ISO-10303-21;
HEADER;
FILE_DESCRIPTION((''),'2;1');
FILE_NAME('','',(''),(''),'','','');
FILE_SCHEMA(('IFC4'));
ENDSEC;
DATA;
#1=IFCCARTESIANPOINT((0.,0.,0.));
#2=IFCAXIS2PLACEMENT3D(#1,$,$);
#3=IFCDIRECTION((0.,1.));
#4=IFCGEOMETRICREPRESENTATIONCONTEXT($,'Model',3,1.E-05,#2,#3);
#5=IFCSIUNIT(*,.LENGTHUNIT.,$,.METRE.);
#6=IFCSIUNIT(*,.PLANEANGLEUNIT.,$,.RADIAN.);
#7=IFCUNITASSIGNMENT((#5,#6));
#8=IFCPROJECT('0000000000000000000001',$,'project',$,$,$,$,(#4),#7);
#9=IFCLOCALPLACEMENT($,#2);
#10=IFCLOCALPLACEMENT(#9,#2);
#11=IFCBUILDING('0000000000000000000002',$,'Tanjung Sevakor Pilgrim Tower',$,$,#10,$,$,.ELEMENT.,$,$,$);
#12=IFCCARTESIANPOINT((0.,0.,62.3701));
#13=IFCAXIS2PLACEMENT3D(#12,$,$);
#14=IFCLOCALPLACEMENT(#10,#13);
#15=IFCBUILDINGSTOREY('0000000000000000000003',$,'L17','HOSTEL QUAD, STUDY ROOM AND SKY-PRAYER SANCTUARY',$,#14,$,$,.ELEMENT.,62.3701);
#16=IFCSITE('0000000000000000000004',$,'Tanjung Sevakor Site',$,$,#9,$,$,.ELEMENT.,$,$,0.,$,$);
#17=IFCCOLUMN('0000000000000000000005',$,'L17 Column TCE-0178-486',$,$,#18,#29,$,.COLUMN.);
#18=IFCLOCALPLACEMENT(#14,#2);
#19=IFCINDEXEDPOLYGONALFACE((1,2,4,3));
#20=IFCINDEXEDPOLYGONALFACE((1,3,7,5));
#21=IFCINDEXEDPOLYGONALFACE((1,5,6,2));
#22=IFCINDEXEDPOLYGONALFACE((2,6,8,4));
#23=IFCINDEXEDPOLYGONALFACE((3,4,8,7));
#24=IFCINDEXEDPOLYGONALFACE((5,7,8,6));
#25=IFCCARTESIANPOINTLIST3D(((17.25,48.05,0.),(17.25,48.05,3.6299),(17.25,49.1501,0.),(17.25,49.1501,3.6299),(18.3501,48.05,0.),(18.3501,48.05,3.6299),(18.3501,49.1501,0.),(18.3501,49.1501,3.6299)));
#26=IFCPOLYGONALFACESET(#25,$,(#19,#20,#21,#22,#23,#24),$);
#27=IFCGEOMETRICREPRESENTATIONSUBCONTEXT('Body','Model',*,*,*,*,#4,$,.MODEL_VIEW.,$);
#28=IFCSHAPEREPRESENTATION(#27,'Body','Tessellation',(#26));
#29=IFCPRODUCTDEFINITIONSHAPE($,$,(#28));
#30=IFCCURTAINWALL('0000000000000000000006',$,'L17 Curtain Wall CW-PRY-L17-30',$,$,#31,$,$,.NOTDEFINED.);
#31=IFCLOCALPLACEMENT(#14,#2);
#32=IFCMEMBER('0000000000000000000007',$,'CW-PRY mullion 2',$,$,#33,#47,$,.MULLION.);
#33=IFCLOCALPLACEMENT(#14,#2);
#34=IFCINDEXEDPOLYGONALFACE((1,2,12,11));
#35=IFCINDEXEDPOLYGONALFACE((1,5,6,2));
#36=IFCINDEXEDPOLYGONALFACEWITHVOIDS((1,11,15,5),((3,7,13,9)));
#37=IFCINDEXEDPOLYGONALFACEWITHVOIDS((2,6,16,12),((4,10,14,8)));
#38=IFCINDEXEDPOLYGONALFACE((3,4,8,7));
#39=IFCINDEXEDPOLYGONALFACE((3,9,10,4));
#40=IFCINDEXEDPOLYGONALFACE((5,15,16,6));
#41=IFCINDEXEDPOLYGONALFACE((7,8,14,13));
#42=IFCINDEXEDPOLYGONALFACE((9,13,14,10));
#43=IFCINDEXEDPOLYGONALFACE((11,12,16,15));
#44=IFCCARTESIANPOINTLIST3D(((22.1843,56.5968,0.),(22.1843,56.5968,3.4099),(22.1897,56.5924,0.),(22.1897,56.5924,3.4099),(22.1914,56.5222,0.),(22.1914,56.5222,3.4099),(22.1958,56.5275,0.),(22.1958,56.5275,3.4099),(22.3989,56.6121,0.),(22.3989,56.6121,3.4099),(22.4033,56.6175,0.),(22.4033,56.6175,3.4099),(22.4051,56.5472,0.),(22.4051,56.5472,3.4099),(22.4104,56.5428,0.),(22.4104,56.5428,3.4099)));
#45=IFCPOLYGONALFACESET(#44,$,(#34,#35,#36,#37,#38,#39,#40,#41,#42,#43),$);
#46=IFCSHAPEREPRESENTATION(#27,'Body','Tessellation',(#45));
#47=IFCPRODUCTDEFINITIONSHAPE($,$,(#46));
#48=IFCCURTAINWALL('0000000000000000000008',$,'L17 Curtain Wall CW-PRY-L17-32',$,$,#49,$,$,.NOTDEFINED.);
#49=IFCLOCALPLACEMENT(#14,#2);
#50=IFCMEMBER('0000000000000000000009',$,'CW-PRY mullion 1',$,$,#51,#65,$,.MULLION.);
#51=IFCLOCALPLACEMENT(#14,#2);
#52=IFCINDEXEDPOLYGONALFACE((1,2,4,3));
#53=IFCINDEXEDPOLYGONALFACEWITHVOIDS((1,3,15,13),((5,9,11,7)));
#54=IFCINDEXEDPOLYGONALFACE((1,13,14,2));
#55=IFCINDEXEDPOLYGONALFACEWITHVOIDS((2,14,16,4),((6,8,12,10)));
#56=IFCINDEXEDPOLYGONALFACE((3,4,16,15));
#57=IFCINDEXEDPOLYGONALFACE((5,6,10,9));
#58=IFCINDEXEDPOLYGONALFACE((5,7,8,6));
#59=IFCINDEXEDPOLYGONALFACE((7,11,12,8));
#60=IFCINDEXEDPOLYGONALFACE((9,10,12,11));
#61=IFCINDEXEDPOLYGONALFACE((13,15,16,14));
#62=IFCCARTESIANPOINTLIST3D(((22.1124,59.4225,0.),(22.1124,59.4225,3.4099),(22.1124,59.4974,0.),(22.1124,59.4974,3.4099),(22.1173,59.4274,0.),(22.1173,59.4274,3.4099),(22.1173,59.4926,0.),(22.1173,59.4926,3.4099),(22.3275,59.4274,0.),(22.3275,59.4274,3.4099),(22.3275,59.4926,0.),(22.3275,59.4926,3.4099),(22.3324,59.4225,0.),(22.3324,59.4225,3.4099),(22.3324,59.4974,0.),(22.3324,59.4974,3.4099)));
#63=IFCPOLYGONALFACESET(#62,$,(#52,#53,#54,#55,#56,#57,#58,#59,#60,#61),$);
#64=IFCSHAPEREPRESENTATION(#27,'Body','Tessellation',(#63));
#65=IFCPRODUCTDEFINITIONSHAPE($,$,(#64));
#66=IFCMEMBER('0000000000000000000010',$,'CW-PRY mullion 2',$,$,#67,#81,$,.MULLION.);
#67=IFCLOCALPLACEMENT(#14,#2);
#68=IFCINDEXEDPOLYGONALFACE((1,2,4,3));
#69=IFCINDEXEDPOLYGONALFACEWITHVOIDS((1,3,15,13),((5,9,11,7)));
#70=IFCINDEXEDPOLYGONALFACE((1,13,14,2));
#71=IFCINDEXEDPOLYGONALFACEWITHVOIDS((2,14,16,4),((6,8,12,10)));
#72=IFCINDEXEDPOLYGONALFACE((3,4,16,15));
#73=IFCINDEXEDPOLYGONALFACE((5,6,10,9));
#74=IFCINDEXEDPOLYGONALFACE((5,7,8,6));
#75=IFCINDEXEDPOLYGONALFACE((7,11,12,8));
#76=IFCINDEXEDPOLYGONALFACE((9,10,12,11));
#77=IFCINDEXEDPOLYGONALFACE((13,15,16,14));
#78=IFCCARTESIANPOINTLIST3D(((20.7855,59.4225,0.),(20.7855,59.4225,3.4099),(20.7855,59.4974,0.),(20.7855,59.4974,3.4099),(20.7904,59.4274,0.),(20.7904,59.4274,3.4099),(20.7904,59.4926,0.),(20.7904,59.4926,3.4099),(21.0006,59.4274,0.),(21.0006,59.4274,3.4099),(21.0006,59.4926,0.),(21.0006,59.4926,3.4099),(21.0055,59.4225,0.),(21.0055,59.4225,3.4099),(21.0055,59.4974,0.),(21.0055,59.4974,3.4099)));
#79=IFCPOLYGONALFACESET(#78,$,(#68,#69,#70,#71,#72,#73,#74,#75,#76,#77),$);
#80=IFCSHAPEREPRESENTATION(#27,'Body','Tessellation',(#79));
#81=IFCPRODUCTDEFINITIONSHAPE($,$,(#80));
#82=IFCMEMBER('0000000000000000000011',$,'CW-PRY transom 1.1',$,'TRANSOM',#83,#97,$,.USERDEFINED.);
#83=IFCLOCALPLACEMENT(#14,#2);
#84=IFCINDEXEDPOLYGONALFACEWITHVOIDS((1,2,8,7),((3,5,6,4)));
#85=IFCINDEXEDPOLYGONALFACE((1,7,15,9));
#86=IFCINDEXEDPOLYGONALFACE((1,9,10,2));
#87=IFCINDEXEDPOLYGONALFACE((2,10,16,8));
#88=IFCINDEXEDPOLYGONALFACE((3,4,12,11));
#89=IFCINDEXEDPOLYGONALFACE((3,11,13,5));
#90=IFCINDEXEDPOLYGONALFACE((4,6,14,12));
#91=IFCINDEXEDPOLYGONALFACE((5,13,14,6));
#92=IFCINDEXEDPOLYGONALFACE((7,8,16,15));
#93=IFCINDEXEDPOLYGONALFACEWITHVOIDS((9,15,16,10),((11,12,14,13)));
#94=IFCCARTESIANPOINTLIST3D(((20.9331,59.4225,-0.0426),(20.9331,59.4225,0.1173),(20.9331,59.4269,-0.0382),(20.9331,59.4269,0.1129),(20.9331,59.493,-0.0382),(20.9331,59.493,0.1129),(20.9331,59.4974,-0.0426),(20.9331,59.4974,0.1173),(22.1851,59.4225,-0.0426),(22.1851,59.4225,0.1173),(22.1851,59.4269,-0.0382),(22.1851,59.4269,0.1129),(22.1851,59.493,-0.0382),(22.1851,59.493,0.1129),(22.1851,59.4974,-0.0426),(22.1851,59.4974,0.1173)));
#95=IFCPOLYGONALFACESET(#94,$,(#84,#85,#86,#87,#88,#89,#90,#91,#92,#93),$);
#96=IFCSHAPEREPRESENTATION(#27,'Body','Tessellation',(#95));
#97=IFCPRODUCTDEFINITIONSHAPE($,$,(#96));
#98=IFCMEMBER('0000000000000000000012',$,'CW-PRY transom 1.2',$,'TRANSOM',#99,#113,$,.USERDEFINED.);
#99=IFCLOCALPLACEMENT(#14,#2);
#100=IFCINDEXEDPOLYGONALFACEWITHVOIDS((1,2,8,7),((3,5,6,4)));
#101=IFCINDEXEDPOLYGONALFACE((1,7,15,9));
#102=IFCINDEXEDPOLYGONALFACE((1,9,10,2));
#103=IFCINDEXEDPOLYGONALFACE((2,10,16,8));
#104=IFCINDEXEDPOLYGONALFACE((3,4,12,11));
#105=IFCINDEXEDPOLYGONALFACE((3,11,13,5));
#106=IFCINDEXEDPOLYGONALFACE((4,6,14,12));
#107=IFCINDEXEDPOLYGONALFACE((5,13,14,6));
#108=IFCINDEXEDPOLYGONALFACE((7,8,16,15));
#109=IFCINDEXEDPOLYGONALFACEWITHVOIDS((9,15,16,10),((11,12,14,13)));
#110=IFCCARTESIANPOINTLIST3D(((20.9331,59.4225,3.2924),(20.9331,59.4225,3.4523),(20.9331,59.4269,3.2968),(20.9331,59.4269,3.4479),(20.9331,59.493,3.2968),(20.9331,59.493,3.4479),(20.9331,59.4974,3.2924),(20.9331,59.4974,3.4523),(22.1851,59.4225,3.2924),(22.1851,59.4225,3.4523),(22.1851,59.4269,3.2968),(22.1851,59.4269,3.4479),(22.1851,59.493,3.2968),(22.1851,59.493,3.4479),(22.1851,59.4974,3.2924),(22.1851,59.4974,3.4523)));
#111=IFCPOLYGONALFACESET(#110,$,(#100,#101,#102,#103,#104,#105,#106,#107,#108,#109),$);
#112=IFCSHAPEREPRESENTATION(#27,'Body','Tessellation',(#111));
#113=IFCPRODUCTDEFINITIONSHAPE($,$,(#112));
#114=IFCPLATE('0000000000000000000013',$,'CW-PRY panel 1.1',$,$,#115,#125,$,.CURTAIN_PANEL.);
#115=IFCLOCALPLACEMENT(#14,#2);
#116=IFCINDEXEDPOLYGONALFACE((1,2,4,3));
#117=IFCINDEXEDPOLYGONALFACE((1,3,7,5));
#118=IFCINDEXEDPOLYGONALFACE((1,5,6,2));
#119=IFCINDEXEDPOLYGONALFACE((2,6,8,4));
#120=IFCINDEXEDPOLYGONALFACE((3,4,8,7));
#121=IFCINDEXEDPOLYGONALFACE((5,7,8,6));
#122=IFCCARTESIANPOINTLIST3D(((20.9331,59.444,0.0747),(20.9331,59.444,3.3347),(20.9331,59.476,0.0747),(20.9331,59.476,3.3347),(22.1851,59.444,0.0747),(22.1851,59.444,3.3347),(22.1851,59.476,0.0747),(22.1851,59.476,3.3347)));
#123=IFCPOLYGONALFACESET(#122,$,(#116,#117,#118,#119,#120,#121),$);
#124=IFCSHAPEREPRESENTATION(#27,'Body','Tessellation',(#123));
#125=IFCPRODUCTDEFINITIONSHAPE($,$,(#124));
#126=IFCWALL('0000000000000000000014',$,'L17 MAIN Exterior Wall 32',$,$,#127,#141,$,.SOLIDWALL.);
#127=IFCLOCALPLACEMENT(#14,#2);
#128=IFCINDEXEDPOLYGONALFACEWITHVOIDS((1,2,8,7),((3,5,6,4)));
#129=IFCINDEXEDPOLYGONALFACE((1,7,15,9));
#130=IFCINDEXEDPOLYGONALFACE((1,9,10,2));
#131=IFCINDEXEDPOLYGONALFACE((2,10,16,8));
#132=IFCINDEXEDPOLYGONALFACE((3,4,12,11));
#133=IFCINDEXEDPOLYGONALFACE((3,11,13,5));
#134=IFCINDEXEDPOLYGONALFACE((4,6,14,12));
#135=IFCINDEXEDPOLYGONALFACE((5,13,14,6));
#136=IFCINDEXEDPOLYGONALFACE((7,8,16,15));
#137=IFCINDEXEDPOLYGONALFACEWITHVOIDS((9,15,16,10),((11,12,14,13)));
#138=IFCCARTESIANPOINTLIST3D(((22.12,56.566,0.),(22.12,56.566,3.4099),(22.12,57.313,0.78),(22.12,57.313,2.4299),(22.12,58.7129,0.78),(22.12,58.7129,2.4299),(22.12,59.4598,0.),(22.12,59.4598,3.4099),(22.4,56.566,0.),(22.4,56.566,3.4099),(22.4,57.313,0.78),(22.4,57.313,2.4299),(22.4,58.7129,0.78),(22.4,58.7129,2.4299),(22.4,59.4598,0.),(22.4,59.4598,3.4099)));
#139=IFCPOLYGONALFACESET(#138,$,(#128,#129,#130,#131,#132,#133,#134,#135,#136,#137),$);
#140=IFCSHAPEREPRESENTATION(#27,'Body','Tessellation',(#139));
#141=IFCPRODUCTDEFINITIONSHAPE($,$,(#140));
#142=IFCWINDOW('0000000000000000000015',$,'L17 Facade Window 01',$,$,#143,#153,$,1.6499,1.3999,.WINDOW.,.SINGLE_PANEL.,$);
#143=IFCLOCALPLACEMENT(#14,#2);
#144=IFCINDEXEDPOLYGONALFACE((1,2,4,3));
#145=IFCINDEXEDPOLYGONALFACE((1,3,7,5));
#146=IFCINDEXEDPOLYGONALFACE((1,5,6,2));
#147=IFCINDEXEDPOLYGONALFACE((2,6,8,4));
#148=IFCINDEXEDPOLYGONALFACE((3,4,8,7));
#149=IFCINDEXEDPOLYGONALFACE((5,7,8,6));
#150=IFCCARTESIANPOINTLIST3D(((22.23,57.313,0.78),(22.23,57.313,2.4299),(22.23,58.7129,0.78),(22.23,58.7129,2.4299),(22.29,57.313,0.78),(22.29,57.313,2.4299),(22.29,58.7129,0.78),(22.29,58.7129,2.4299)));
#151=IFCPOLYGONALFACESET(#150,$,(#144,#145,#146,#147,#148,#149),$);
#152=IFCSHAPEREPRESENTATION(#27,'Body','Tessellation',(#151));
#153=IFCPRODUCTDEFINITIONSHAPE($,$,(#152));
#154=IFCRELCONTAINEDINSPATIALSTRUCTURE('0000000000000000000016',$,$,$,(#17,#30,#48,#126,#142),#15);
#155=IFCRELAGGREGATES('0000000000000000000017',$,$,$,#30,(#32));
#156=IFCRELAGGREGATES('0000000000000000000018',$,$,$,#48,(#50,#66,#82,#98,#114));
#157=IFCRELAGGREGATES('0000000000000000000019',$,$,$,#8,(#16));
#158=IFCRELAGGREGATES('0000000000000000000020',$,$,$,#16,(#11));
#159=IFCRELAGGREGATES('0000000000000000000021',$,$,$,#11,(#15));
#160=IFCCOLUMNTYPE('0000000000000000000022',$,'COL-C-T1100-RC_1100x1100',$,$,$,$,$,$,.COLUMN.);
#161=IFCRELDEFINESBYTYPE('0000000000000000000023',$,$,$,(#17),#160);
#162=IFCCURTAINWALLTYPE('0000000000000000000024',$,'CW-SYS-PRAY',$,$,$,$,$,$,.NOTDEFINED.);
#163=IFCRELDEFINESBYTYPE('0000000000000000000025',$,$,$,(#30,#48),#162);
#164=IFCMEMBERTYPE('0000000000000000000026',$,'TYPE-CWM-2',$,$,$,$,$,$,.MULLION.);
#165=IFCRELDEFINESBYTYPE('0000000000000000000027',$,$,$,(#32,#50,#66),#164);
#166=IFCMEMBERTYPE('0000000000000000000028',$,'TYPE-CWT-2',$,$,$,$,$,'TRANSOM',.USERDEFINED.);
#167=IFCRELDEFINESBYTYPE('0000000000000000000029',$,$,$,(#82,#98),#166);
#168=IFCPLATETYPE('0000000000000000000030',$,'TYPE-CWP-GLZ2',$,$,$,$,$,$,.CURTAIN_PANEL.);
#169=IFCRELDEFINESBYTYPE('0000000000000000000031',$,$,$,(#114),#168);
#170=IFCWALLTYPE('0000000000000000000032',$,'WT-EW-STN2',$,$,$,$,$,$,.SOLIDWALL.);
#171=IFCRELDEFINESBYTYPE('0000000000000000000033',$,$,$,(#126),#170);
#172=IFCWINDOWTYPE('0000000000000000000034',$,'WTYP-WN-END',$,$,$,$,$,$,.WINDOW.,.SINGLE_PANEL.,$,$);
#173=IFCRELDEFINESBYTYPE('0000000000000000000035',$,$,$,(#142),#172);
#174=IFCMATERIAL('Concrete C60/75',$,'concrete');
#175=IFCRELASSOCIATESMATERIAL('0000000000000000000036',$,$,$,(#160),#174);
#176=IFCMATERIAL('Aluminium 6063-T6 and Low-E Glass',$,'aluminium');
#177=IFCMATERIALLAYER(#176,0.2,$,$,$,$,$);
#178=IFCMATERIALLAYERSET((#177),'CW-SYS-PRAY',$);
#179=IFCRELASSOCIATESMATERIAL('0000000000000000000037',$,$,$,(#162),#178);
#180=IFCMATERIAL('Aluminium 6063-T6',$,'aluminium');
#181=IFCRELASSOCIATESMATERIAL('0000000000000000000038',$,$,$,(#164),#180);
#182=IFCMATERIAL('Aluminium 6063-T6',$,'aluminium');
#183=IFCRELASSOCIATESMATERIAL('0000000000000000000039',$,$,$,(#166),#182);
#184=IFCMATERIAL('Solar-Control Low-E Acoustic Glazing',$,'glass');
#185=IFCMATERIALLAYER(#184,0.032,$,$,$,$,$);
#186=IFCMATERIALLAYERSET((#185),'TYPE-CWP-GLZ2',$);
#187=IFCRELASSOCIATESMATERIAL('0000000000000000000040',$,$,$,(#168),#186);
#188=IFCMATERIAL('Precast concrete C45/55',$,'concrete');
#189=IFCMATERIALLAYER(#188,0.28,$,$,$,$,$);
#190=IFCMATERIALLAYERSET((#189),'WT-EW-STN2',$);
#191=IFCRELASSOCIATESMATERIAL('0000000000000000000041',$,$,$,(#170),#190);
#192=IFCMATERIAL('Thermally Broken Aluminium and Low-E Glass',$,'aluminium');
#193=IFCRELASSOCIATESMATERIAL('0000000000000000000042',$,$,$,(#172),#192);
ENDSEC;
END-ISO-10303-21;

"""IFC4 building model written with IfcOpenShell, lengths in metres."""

from ifc_helpers import new_model, si_unit, direction, frame, frame_2d, origin, origin_2d, place, context, subcontext, project, spatial, rectangle, hollow_rectangle, extrude, material, layer, layer_set, material_profile, profile_set, type_object, element, fill, aggregate, save


model = new_model("IFC4")

# Units and contexts
model_context = context("Model", 3, precision=1e-05, world=origin(), true_north=direction((0.0, 1.0)))
body_context = subcontext(model_context, "Body", "Model", "MODEL_VIEW")
ifc_project = project(units=[si_unit("LENGTHUNIT", "METRE"), si_unit("PLANEANGLEUNIT", "RADIAN")], contexts=[model_context])

# Site, building, storey
site_placement = place(None, origin())
site = spatial("IfcSite", under=ifc_project, at=site_placement, Name="Tanjung Sevakor Site", CompositionType="ELEMENT", RefElevation=0.0)
building_placement = place(site_placement, origin())
building = spatial("IfcBuilding", under=site, at=building_placement, Name="Tanjung Sevakor Pilgrim Tower", CompositionType="ELEMENT")
storey_placement = place(building_placement, frame((0.0, 0.0, 62.3701)))
storey = spatial("IfcBuildingStorey", under=building, at=storey_placement, Name="L17", Description="HOSTEL QUAD, STUDY ROOM AND SKY-PRAYER SANCTUARY", CompositionType="ELEMENT", Elevation=62.3701)

# Column
ifc_material_1 = material(Name="Concrete C60/75", Category="concrete")
ifc_material_profile_1 = material_profile(ifc_material_1, rectangle(XDim=1.1001, YDim=1.1001, at=origin_2d()))
ifc_profile_set_1 = profile_set([ifc_material_profile_1], Name="Concrete C60/75")
column_type = type_object("IfcColumnType", Name="COL-C-T1100-RC_1100x1100", PredefinedType="COLUMN", material=ifc_profile_set_1)
column_placement = place(storey_placement, frame((17.8, 48.6001, 0.0), z_axis=(0.0, 0.0, 1.0), x_axis=(1.0, 0.0, 0.0)))
element("IfcColumn", 1, at=column_placement, inside=storey, type_object=column_type, Name="L17 Column TCE-0178-486", PredefinedType="COLUMN", context=body_context, shape_type="SweptSolid", body=[
    extrude(rectangle(XDim=1.1001, YDim=1.1001, at=origin_2d()), origin(), (0.0, 0.0, 1.0), 3.6299),
])

# Curtain wall, member
ifc_material_2 = material(Name="Aluminium 6063-T6 and Low-E Glass", Category="aluminium")
ifc_layer_1 = layer(ifc_material_2, 0.2)
ifc_layer_set_1 = layer_set([ifc_layer_1], Name="CW-SYS-PRAY")
curtain_wall_type = type_object("IfcCurtainWallType", Name="CW-SYS-PRAY", PredefinedType="NOTDEFINED", material=ifc_layer_set_1)
curtain_wall_1_placement = place(storey_placement, origin())
curtain_wall_1 = element("IfcCurtainWall", 2, at=curtain_wall_1_placement, inside=storey, type_object=curtain_wall_type, Name="L17 Curtain Wall CW-PRY-L17-30", PredefinedType="NOTDEFINED")
ifc_material_3 = material(Name="Aluminium 6063-T6", Category="aluminium")
ifc_material_profile_2 = material_profile(ifc_material_3, hollow_rectangle(XDim=0.075, YDim=0.22, WallThickness=0.0049, at=origin_2d()))
ifc_profile_set_2 = profile_set([ifc_material_profile_2], Name="Aluminium 6063-T6")
member_type_1 = type_object("IfcMemberType", Name="TYPE-CWM-2", PredefinedType="MULLION", material=ifc_profile_set_2)
member_1_placement = place(storey_placement, frame((22.2974, 56.5698, 0.0), z_axis=(0.0, 0.0, 1.0), x_axis=(0.093915, -0.99558, 0.0)))
member_1 = element("IfcMember", 3, at=member_1_placement, type_object=member_type_1, Name="CW-PRY mullion 2", PredefinedType="MULLION", context=body_context, shape_type="SweptSolid", body=[
    extrude(hollow_rectangle(XDim=0.075, YDim=0.22, WallThickness=0.0049, at=origin_2d()), origin(), (0.0, 0.0, 1.0), 3.4099),
])
aggregate(curtain_wall_1, [member_1])

# Curtain wall, members, plate
curtain_wall_2_placement = place(storey_placement, origin())
curtain_wall_2 = element("IfcCurtainWall", 4, at=curtain_wall_2_placement, inside=storey, type_object=curtain_wall_type, Name="L17 Curtain Wall CW-PRY-L17-32", PredefinedType="NOTDEFINED")
member_2_placement = place(storey_placement, frame((22.2224, 59.46, 0.0), z_axis=(0.0, 0.0, 1.0), x_axis=(0.0, -1.0, 0.0)))
member_2 = element("IfcMember", 5, at=member_2_placement, type_object=member_type_1, Name="CW-PRY mullion 1", PredefinedType="MULLION", context=body_context, shape_type="SweptSolid", body=[
    extrude(hollow_rectangle(XDim=0.075, YDim=0.22, WallThickness=0.0049, at=origin_2d()), origin(), (0.0, 0.0, 1.0), 3.4099),
])
member_3_placement = place(storey_placement, frame((20.8955, 59.46, 0.0), z_axis=(0.0, 0.0, 1.0), x_axis=(0.0, -1.0, 0.0)))
member_3 = element("IfcMember", 6, at=member_3_placement, type_object=member_type_1, Name="CW-PRY mullion 2", PredefinedType="MULLION", context=body_context, shape_type="SweptSolid", body=[
    extrude(hollow_rectangle(XDim=0.075, YDim=0.22, WallThickness=0.0049, at=origin_2d()), origin(), (0.0, 0.0, 1.0), 3.4099),
])
ifc_material_4 = material(Name="Aluminium 6063-T6", Category="aluminium")
ifc_material_profile_3 = material_profile(ifc_material_4, hollow_rectangle(XDim=0.075, YDim=0.1599, WallThickness=0.0044, at=origin_2d()))
ifc_profile_set_3 = profile_set([ifc_material_profile_3], Name="Aluminium 6063-T6")
member_type_2 = type_object("IfcMemberType", Name="TYPE-CWT-2", ElementType="TRANSOM", PredefinedType="USERDEFINED", material=ifc_profile_set_3)
member_4_placement = place(storey_placement, frame((22.1851, 59.46, 0.0374), z_axis=(-1.0, 0.0, 0.0), x_axis=(0.0, -1.0, 0.0)))
member_4 = element("IfcMember", 7, at=member_4_placement, type_object=member_type_2, Name="CW-PRY transom 1.1", ObjectType="TRANSOM", PredefinedType="USERDEFINED", context=body_context, shape_type="SweptSolid", body=[
    extrude(hollow_rectangle(XDim=0.075, YDim=0.1599, WallThickness=0.0044, at=origin_2d()), origin(), (0.0, 0.0, 1.0), 1.252),
])
member_5_placement = place(storey_placement, frame((22.1851, 59.46, 3.3723), z_axis=(-1.0, 0.0, 0.0), x_axis=(0.0, -1.0, 0.0)))
member_5 = element("IfcMember", 8, at=member_5_placement, type_object=member_type_2, Name="CW-PRY transom 1.2", ObjectType="TRANSOM", PredefinedType="USERDEFINED", context=body_context, shape_type="SweptSolid", body=[
    extrude(hollow_rectangle(XDim=0.075, YDim=0.1599, WallThickness=0.0044, at=origin_2d()), origin(), (0.0, 0.0, 1.0), 1.252),
])
ifc_material_5 = material(Name="Solar-Control Low-E Acoustic Glazing", Category="glass")
ifc_layer_2 = layer(ifc_material_5, 0.032)
ifc_layer_set_2 = layer_set([ifc_layer_2], Name="TYPE-CWP-GLZ2")
plate_type = type_object("IfcPlateType", Name="TYPE-CWP-GLZ2", PredefinedType="CURTAIN_PANEL", material=ifc_layer_set_2)
plate_placement = place(storey_placement, frame((21.5591, 59.46, 0.0747), z_axis=(0.0, 0.0, 1.0), x_axis=(-1.0, 0.0, 0.0)))
plate = element("IfcPlate", 9, at=plate_placement, type_object=plate_type, Name="CW-PRY panel 1.1", PredefinedType="CURTAIN_PANEL", context=body_context, shape_type="SweptSolid", body=[
    extrude(rectangle(XDim=1.252, YDim=0.032, at=origin_2d()), origin(), (0.0, 0.0, 1.0), 3.26),
])
aggregate(curtain_wall_2, [member_2, member_3, member_4, member_5, plate])

# Wall, opening, window
ifc_material_6 = material(Name="Precast concrete C45/55", Category="concrete")
ifc_layer_3 = layer(ifc_material_6, 0.28)
ifc_layer_set_3 = layer_set([ifc_layer_3], Name="WT-EW-STN2")
wall_type = type_object("IfcWallType", Name="WT-EW-STN2", PredefinedType="SOLIDWALL", material=ifc_layer_set_3)
wall_1_placement = place(storey_placement, frame((22.26, 56.5662, 0.0), z_axis=(0.0, 0.0, 1.0), x_axis=(0.0, 1.0, 0.0)))
wall_1 = element("IfcWall", 10, at=wall_1_placement, inside=storey, type_object=wall_type, Name="L17 MAIN Exterior Wall 32", PredefinedType="SOLIDWALL", context=body_context, shape_type="SweptSolid", body=[
    extrude(rectangle(XDim=2.8938, YDim=0.28, at=frame_2d((1.4468, 0.0))), origin(), (0.0, 0.0, 1.0), 3.4099),
])
opening_1_placement = place(wall_1_placement, frame((0.7468, 0.0, 0.78)))
opening_1 = element("IfcOpeningElement", 11, at=opening_1_placement, cuts=wall_1, PredefinedType="OPENING", context=body_context, shape_type="SweptSolid", body=[
    extrude(rectangle(XDim=1.3999, YDim=1.6499, at=frame_2d((0.7, 0.825))), frame((0.0, 0.1499, 0.0), z_axis=(0.0, -1.0, 0.0), x_axis=(1.0, 0.0, 0.0)), (0.0, 0.0, 1.0), 0.3),
])
ifc_material_7 = material(Name="Thermally Broken Aluminium and Low-E Glass", Category="aluminium")
window_type_1 = type_object("IfcWindowType", Name="WTYP-WN-END", PartitioningType="SINGLE_PANEL", PredefinedType="WINDOW", material=ifc_material_7)
window_1_placement = place(opening_1_placement, origin())
window_1 = element("IfcWindow", 12, at=window_1_placement, inside=storey, type_object=window_type_1, Name="L17 Facade Window 01", OverallHeight=1.6499, OverallWidth=1.3999, PartitioningType="SINGLE_PANEL", PredefinedType="WINDOW", context=body_context, shape_type="SweptSolid", body=[
    extrude(rectangle(XDim=1.3999, YDim=1.6499, at=frame_2d((0.7, 0.825))), frame((0.0, 0.03, 0.0), z_axis=(0.0, -1.0, 0.0), x_axis=(1.0, 0.0, 0.0)), (0.0, 0.0, 1.0), 0.0601),
])
fill(opening_1, window_1)

save(model, "model.ifc")
